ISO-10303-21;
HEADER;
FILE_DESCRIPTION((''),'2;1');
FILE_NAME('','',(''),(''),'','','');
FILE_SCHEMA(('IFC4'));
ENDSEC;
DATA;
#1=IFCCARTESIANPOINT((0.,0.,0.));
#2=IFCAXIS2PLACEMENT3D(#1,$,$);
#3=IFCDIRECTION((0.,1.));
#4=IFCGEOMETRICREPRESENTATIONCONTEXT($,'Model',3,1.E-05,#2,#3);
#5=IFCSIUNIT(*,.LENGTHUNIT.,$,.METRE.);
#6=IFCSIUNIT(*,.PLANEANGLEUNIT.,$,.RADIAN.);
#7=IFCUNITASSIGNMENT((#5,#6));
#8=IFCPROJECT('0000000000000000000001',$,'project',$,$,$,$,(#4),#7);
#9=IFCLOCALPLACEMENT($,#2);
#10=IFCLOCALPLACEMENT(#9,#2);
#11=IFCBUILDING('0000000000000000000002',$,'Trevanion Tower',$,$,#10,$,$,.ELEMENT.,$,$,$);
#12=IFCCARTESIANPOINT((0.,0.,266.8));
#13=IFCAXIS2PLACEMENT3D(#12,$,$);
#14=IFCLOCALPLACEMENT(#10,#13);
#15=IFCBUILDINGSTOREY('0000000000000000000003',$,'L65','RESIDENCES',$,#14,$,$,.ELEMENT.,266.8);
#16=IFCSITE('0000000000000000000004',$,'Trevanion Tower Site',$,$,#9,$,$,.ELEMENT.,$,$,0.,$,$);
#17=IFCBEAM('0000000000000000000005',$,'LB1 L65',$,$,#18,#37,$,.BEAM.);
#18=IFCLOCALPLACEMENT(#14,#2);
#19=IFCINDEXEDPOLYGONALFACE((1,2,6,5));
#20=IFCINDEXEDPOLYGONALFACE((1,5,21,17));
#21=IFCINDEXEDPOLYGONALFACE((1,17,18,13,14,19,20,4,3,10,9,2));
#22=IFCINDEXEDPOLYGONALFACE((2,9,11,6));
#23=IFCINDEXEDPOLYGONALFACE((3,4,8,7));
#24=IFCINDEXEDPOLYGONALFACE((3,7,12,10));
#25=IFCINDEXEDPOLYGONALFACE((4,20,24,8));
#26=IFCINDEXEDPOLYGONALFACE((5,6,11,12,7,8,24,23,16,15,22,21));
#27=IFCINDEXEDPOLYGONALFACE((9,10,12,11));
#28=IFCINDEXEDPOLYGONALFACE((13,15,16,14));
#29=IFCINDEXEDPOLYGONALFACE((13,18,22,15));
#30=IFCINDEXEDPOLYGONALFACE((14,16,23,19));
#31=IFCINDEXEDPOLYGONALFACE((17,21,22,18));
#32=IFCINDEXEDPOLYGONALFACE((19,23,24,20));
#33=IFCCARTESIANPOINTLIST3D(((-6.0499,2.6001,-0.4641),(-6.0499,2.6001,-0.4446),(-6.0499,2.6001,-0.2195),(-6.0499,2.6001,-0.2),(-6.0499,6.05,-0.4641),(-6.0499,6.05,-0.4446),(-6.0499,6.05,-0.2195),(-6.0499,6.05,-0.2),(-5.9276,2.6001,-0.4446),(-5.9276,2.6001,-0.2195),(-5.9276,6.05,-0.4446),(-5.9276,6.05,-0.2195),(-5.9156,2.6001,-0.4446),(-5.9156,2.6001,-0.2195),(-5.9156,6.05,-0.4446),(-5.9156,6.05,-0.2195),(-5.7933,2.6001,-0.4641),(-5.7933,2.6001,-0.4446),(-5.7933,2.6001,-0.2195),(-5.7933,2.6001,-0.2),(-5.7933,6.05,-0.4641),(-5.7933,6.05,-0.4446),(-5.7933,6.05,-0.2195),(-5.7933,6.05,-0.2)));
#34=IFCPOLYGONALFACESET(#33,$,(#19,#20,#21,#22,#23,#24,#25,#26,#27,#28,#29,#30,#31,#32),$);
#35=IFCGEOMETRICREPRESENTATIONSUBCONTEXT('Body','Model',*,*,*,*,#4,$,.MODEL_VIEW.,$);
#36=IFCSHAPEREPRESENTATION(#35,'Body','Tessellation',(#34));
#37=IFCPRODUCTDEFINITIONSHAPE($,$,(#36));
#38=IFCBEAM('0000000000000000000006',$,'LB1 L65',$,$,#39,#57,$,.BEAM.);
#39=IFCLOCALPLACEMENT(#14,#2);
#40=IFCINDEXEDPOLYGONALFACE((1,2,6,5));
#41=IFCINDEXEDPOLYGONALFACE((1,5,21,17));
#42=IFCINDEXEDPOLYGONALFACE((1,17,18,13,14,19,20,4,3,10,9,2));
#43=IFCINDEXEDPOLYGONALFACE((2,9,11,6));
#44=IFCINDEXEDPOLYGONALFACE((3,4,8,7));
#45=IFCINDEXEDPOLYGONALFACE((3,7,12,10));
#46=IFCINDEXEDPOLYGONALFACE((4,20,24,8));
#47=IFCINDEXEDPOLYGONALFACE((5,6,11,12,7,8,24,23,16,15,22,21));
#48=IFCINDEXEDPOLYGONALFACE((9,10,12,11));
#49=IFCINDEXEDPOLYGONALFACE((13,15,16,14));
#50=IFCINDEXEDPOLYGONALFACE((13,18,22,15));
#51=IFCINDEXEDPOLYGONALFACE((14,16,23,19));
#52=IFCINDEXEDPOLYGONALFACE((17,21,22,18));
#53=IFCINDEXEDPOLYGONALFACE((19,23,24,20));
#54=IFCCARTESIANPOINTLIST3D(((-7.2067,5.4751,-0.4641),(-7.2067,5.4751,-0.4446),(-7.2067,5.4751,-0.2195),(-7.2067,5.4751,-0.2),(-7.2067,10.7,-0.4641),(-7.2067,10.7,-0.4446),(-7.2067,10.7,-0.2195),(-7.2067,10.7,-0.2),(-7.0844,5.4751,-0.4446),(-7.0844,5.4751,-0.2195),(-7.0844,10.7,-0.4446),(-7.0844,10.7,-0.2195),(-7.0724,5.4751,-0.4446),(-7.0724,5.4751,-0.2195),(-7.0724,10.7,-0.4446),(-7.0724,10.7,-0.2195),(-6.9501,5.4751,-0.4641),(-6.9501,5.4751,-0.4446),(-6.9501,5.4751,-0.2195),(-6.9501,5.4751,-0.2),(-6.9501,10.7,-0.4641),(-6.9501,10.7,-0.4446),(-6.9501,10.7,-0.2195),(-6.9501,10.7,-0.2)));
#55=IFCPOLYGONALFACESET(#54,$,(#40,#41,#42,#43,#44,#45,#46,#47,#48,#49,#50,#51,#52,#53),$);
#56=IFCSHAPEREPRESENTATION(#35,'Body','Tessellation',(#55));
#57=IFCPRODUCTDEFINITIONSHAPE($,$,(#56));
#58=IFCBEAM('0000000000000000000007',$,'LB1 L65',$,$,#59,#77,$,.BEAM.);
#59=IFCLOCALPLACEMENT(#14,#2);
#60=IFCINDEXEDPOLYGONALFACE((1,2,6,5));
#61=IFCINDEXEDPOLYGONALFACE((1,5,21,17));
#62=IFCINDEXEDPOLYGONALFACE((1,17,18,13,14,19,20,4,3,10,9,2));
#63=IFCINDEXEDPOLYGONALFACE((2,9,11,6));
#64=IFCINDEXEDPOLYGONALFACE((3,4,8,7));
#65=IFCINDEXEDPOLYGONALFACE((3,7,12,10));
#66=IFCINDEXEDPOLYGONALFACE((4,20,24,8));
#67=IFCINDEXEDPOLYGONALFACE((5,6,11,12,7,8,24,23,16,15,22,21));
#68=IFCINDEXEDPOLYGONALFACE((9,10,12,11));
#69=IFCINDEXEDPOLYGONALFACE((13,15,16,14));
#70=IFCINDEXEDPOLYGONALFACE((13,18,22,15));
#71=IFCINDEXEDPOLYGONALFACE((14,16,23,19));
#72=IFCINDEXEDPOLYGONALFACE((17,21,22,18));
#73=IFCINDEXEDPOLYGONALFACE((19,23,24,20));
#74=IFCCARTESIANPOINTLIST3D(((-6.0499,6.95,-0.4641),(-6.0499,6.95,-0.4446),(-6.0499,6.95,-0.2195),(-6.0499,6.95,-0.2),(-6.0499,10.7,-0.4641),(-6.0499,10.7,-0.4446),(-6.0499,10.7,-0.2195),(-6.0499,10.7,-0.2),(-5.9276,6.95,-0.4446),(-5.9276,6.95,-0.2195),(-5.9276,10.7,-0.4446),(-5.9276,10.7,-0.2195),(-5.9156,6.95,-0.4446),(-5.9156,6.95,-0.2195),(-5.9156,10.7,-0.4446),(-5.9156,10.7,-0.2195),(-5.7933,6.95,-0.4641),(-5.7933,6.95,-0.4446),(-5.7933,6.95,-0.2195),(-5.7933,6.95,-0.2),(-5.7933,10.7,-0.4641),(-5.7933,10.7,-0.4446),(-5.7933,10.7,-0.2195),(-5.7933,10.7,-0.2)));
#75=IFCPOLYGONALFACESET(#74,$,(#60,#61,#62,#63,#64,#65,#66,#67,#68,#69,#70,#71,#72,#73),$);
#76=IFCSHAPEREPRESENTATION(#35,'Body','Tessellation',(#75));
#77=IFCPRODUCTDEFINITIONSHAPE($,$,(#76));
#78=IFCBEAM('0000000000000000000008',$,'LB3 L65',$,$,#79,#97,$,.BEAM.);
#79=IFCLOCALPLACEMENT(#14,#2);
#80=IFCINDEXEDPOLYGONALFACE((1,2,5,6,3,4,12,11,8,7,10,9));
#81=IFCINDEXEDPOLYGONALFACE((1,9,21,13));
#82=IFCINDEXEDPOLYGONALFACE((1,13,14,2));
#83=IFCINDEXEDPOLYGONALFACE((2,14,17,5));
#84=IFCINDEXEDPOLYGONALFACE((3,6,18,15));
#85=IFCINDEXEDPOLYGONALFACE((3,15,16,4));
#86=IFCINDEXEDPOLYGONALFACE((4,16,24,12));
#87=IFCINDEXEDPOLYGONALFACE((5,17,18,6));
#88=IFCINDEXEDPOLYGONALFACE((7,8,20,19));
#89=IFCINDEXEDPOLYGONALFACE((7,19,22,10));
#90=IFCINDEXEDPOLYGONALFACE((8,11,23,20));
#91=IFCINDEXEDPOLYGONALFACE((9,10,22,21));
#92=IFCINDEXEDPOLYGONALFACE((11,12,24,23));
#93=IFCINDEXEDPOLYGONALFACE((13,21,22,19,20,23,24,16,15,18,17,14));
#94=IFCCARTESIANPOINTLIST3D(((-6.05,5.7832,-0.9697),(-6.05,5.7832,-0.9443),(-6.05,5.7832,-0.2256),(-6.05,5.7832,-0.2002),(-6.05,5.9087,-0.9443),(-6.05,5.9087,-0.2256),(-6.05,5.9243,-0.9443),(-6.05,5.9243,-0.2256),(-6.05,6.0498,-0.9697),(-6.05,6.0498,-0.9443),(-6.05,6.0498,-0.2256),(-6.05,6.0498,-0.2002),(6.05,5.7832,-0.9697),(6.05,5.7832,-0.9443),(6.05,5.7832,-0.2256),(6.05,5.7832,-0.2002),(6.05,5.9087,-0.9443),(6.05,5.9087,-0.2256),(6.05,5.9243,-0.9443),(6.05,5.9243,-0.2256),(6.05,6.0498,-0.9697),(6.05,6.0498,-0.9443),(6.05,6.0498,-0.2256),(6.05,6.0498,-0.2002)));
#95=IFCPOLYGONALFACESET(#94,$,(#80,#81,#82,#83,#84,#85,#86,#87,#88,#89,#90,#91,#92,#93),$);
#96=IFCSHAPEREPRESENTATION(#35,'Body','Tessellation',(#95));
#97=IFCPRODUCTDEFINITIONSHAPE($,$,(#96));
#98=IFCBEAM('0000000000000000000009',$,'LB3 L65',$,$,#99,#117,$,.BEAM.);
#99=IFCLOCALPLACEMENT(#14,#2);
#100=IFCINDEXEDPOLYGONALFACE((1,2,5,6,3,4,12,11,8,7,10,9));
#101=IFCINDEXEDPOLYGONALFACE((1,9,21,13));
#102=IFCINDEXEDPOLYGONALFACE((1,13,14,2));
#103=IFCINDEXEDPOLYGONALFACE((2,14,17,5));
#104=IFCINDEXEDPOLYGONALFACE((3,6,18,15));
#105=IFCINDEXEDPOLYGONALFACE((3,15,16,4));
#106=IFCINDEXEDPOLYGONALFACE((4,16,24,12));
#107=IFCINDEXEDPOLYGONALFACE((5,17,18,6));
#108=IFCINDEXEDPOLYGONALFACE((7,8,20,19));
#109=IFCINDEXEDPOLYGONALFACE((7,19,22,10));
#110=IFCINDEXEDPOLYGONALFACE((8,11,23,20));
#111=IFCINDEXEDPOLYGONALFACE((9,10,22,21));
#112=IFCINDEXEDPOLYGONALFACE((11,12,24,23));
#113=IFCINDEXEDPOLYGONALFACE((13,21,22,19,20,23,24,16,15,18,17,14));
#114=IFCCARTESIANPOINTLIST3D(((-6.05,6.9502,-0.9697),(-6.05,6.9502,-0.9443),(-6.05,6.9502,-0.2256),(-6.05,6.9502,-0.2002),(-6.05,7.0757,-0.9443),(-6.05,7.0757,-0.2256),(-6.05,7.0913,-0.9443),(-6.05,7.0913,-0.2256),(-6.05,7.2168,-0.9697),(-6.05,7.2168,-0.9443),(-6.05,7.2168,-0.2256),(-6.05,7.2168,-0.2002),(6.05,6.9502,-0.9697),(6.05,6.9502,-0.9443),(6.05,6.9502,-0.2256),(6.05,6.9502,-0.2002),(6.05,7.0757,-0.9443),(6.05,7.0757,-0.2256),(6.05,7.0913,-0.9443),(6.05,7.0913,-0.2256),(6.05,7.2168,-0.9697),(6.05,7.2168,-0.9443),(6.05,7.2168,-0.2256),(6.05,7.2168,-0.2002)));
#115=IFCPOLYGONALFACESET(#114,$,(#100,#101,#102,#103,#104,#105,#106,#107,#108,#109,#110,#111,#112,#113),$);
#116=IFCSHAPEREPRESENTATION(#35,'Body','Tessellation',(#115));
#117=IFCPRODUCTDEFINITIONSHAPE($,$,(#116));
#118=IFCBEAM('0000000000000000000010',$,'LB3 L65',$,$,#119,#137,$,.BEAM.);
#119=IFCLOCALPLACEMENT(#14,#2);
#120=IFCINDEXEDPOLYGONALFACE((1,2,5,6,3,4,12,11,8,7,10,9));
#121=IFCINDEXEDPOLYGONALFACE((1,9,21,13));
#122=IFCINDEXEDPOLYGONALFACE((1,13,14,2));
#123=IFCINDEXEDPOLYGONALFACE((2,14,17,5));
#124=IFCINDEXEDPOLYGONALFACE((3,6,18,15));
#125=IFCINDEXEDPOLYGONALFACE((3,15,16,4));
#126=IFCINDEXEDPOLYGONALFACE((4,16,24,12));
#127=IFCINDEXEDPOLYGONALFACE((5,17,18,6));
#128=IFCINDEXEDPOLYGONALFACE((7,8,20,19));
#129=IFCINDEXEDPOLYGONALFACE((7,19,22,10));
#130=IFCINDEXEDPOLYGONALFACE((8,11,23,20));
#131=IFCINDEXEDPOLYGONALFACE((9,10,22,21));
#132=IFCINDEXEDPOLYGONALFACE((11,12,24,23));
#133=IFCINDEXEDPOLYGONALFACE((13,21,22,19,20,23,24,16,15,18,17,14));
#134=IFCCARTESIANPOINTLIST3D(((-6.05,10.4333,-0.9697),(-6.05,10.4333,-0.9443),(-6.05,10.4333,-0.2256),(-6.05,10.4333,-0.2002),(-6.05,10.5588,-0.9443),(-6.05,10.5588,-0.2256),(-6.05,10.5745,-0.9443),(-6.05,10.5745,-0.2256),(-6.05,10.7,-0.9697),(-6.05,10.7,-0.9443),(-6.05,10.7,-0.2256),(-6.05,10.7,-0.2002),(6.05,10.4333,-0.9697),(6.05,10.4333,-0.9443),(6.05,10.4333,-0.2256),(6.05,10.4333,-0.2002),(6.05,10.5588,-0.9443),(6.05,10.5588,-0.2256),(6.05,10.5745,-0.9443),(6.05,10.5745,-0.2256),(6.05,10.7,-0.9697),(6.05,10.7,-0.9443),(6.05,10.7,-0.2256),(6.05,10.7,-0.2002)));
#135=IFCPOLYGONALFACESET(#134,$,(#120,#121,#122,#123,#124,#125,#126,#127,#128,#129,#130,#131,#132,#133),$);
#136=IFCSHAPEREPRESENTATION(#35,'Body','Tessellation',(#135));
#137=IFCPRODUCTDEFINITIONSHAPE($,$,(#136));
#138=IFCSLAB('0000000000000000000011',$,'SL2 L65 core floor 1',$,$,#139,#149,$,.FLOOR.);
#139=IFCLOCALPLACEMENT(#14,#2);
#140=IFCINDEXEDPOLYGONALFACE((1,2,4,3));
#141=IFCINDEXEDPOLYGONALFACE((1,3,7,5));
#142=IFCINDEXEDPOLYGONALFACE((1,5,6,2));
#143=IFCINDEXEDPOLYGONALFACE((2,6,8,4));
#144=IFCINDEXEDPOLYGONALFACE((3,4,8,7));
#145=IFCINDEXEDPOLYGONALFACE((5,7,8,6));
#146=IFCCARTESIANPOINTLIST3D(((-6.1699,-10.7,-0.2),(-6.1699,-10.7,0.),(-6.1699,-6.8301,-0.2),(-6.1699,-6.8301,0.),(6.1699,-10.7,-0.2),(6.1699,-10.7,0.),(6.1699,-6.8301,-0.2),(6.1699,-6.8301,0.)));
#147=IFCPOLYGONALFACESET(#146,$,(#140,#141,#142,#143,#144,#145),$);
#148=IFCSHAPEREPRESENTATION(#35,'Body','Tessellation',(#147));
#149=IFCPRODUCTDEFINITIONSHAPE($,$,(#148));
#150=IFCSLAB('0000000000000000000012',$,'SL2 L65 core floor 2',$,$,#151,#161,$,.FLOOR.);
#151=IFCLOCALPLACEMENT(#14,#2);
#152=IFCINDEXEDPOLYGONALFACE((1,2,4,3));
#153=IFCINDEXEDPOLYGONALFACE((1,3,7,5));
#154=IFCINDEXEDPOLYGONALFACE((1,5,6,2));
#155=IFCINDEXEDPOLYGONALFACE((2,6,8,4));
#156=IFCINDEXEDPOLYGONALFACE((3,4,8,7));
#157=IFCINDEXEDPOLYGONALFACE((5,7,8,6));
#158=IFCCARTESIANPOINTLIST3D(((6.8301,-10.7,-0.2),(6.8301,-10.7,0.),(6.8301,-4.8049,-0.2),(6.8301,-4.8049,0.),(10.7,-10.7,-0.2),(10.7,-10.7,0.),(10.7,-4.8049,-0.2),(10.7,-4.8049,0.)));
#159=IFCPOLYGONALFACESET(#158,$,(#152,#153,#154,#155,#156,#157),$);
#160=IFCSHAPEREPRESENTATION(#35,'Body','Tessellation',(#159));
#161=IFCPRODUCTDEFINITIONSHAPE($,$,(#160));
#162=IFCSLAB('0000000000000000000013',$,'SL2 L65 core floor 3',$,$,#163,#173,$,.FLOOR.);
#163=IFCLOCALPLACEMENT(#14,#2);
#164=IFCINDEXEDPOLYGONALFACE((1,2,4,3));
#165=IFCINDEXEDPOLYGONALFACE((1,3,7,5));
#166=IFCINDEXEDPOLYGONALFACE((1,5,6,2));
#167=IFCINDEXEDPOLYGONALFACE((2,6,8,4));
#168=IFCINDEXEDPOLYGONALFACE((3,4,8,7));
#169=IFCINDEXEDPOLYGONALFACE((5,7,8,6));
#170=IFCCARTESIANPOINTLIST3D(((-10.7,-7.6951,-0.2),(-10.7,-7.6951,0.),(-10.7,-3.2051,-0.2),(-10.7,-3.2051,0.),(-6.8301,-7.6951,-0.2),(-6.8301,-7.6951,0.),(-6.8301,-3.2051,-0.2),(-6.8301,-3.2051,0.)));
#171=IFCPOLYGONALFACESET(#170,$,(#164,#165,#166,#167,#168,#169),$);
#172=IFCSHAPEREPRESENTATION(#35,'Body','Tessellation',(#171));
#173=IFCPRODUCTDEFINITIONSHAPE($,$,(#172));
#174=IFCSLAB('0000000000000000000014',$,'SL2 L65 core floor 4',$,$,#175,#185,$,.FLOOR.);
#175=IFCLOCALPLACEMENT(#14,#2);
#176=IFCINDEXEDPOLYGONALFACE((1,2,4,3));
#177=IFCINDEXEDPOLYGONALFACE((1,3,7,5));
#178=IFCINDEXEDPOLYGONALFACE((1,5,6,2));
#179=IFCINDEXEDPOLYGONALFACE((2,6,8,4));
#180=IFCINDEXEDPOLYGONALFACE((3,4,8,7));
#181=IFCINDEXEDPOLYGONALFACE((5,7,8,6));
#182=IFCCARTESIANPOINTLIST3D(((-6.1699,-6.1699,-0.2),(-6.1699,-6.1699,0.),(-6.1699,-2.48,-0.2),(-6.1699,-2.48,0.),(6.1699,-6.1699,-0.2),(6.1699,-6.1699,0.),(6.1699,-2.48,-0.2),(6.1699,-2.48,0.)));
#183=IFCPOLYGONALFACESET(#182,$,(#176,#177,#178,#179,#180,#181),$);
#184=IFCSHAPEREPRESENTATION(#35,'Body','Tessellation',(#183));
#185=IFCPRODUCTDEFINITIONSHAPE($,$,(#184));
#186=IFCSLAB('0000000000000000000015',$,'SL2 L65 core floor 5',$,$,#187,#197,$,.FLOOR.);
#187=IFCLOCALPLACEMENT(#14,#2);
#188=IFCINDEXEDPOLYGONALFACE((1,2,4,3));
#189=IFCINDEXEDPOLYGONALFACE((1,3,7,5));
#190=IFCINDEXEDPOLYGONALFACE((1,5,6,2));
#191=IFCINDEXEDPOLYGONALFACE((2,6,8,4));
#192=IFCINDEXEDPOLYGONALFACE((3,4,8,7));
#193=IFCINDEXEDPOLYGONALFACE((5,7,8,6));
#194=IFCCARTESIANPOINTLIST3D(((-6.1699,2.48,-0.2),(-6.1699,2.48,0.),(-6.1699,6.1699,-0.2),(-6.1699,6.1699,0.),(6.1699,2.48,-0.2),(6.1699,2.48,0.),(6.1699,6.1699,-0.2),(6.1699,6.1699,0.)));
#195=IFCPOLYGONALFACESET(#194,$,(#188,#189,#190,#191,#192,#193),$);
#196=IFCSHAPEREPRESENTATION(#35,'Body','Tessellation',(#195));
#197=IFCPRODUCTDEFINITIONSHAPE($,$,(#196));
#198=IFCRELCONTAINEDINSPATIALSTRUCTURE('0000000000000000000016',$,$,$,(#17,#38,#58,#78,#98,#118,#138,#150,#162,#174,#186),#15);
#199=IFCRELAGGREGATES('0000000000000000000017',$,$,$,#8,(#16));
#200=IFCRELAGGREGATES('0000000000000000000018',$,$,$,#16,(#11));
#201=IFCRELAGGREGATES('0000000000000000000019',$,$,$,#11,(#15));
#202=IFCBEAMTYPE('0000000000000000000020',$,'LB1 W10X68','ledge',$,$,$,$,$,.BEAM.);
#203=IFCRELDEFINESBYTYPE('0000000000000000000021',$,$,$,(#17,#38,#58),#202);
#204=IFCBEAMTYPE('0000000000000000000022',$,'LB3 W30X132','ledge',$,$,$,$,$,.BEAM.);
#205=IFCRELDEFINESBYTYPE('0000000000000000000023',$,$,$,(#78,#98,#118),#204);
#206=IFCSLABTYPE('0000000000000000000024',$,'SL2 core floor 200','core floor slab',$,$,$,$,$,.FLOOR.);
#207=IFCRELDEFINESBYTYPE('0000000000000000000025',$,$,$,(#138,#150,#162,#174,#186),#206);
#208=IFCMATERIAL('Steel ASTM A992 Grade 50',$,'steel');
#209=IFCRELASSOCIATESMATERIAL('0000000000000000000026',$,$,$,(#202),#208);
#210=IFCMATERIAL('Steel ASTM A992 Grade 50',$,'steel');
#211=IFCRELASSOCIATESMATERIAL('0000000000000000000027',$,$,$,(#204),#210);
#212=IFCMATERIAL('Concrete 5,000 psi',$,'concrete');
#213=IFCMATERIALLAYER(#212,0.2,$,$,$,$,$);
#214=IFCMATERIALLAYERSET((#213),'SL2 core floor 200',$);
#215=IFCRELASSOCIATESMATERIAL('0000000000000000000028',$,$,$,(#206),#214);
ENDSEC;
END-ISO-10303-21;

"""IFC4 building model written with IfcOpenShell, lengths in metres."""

from ifc_helpers import new_model, si_unit, direction, frame, origin, origin_2d, place, context, subcontext, project, spatial, polyline, i_section, outline, extrude, material, layer, layer_set, material_profile, profile_set, type_object, element, save


model = new_model("IFC4")

# Units and contexts
model_context = context("Model", 3, precision=1e-05, world=origin(), true_north=direction((0.0, 1.0)))
body_context = subcontext(model_context, "Body", "Model", "MODEL_VIEW")
ifc_project = project(units=[si_unit("LENGTHUNIT", "METRE"), si_unit("PLANEANGLEUNIT", "RADIAN")], contexts=[model_context])

# Site, building, storey
site_placement = place(None, origin())
site = spatial("IfcSite", under=ifc_project, at=site_placement, Name="Trevanion Tower Site", CompositionType="ELEMENT", RefElevation=0.0)
building_placement = place(site_placement, origin())
building = spatial("IfcBuilding", under=site, at=building_placement, Name="Trevanion Tower", CompositionType="ELEMENT")
storey_placement = place(building_placement, frame((0.0, 0.0, 266.8)))
storey = spatial("IfcBuildingStorey", under=building, at=storey_placement, Name="L65", Description="RESIDENCES", CompositionType="ELEMENT", Elevation=266.8)

# Beams
ifc_material_1 = material(Name="Steel ASTM A992 Grade 50", Category="steel")
ifc_material_profile_1 = material_profile(ifc_material_1, i_section(OverallWidth=0.2566, OverallDepth=0.2642, WebThickness=0.012, FlangeThickness=0.0195, at=origin_2d()), Name="W10X68")
ifc_profile_set_1 = profile_set([ifc_material_profile_1], Name="Steel ASTM A992 Grade 50")
beam_type_1 = type_object("IfcBeamType", Name="LB1 W10X68", Description="ledge", PredefinedType="BEAM", material=ifc_profile_set_1)
beam_1_placement = place(storey_placement, frame((-5.9216, 2.6001, -0.332), z_axis=(0.0, 1.0, 0.0), x_axis=(-1.0, 0.0, 0.0)))
element("IfcBeam", 1, at=beam_1_placement, inside=storey, type_object=beam_type_1, Name="LB1 L65", PredefinedType="BEAM", context=body_context, shape_type="SweptSolid", body=[
    extrude(i_section(OverallWidth=0.2566, OverallDepth=0.2642, WebThickness=0.012, FlangeThickness=0.0195, at=origin_2d()), origin(), (0.0, 0.0, 1.0), 3.45),
])
beam_2_placement = place(storey_placement, frame((-7.0784, 5.4751, -0.332), z_axis=(0.0, 1.0, 0.0), x_axis=(-1.0, 0.0, 0.0)))
element("IfcBeam", 2, at=beam_2_placement, inside=storey, type_object=beam_type_1, Name="LB1 L65", PredefinedType="BEAM", context=body_context, shape_type="SweptSolid", body=[
    extrude(i_section(OverallWidth=0.2566, OverallDepth=0.2642, WebThickness=0.012, FlangeThickness=0.0195, at=origin_2d()), origin(), (0.0, 0.0, 1.0), 5.2249),
])
beam_3_placement = place(storey_placement, frame((-5.9216, 6.95, -0.332), z_axis=(0.0, 1.0, 0.0), x_axis=(-1.0, 0.0, 0.0)))
element("IfcBeam", 3, at=beam_3_placement, inside=storey, type_object=beam_type_1, Name="LB1 L65", PredefinedType="BEAM", context=body_context, shape_type="SweptSolid", body=[
    extrude(i_section(OverallWidth=0.2566, OverallDepth=0.2642, WebThickness=0.012, FlangeThickness=0.0195, at=origin_2d()), origin(), (0.0, 0.0, 1.0), 3.75),
])
ifc_material_2 = material(Name="Steel ASTM A992 Grade 50", Category="steel")
ifc_material_profile_2 = material_profile(ifc_material_2, i_section(OverallWidth=0.2666, OverallDepth=0.7695, WebThickness=0.0156, FlangeThickness=0.0254, at=origin_2d()), Name="W30X132")
ifc_profile_set_2 = profile_set([ifc_material_profile_2], Name="Steel ASTM A992 Grade 50")
beam_type_2 = type_object("IfcBeamType", Name="LB3 W30X132", Description="ledge", PredefinedType="BEAM", material=ifc_profile_set_2)
for number, where, z_axis, x_axis, name in (
    (4, (-6.05, 5.9165, -0.585), (1.0, 0.0, 0.0), (0.0, 1.0, 0.0), "LB3 L65"),
    (5, (-6.05, 7.0835, -0.585), (1.0, 0.0, 0.0), (0.0, 1.0, 0.0), "LB3 L65"),
    (6, (-6.05, 10.5667, -0.585), (1.0, 0.0, 0.0), (0.0, 1.0, 0.0), "LB3 L65"),
):
    element("IfcBeam", number, at=place(storey_placement, frame(where, z_axis=z_axis, x_axis=x_axis)), inside=storey, type_object=beam_type_2, Name=name, PredefinedType="BEAM", context=body_context, shape_type="SweptSolid", body=[
        extrude(i_section(OverallWidth=0.2666, OverallDepth=0.7695, WebThickness=0.0156, FlangeThickness=0.0254, at=origin_2d()), origin(), (0.0, 0.0, 1.0), 12.1001),
    ])

# Slabs
ifc_material_3 = material(Name="Concrete 5,000 psi", Category="concrete")
ifc_layer_1 = layer(ifc_material_3, 0.2)
ifc_layer_set_1 = layer_set([ifc_layer_1], Name="SL2 core floor 200")
slab_type = type_object("IfcSlabType", Name="SL2 core floor 200", Description="core floor slab", PredefinedType="FLOOR", material=ifc_layer_set_1)
slab_1_placement = place(storey_placement, frame((0.0, 0.0, -0.2)))
element("IfcSlab", 7, at=slab_1_placement, inside=storey, type_object=slab_type, Name="SL2 L65 core floor 1", PredefinedType="FLOOR", context=body_context, shape_type="SweptSolid", body=[
    extrude(outline(polyline([(6.1699, -10.7), (-6.1699, -10.7), (-6.1699, -6.8301), (6.1699, -6.8301), (6.1699, -10.7)])), origin(), (0.0, 0.0, 1.0), 0.2),
])
slab_2_placement = place(storey_placement, frame((0.0, 0.0, -0.2)))
element("IfcSlab", 8, at=slab_2_placement, inside=storey, type_object=slab_type, Name="SL2 L65 core floor 2", PredefinedType="FLOOR", context=body_context, shape_type="SweptSolid", body=[
    extrude(outline(polyline([(6.8301, -4.8049), (10.7, -4.8049), (10.7, -10.7), (6.8301, -10.7), (6.8301, -4.8049)])), origin(), (0.0, 0.0, 1.0), 0.2),
])
slab_3_placement = place(storey_placement, frame((0.0, 0.0, -0.2)))
element("IfcSlab", 9, at=slab_3_placement, inside=storey, type_object=slab_type, Name="SL2 L65 core floor 3", PredefinedType="FLOOR", context=body_context, shape_type="SweptSolid", body=[
    extrude(outline(polyline([(-6.8301, -3.2051), (-6.8301, -7.6951), (-10.7, -7.6951), (-10.7, -3.2051), (-6.8301, -3.2051)])), origin(), (0.0, 0.0, 1.0), 0.2),
])
slab_4_placement = place(storey_placement, frame((0.0, 0.0, -0.2)))
element("IfcSlab", 10, at=slab_4_placement, inside=storey, type_object=slab_type, Name="SL2 L65 core floor 4", PredefinedType="FLOOR", context=body_context, shape_type="SweptSolid", body=[
    extrude(outline(polyline([(6.1699, -6.1699), (-6.1699, -6.1699), (-6.1699, -2.48), (6.1699, -2.48), (6.1699, -6.1699)])), origin(), (0.0, 0.0, 1.0), 0.2),
])
slab_5_placement = place(storey_placement, frame((0.0, 0.0, -0.2)))
element("IfcSlab", 11, at=slab_5_placement, inside=storey, type_object=slab_type, Name="SL2 L65 core floor 5", PredefinedType="FLOOR", context=body_context, shape_type="SweptSolid", body=[
    extrude(outline(polyline([(6.1699, 2.48), (-6.1699, 2.48), (-6.1699, 6.1699), (6.1699, 6.1699), (6.1699, 2.48)])), origin(), (0.0, 0.0, 1.0), 0.2),
])

save(model, "model.ifc")
